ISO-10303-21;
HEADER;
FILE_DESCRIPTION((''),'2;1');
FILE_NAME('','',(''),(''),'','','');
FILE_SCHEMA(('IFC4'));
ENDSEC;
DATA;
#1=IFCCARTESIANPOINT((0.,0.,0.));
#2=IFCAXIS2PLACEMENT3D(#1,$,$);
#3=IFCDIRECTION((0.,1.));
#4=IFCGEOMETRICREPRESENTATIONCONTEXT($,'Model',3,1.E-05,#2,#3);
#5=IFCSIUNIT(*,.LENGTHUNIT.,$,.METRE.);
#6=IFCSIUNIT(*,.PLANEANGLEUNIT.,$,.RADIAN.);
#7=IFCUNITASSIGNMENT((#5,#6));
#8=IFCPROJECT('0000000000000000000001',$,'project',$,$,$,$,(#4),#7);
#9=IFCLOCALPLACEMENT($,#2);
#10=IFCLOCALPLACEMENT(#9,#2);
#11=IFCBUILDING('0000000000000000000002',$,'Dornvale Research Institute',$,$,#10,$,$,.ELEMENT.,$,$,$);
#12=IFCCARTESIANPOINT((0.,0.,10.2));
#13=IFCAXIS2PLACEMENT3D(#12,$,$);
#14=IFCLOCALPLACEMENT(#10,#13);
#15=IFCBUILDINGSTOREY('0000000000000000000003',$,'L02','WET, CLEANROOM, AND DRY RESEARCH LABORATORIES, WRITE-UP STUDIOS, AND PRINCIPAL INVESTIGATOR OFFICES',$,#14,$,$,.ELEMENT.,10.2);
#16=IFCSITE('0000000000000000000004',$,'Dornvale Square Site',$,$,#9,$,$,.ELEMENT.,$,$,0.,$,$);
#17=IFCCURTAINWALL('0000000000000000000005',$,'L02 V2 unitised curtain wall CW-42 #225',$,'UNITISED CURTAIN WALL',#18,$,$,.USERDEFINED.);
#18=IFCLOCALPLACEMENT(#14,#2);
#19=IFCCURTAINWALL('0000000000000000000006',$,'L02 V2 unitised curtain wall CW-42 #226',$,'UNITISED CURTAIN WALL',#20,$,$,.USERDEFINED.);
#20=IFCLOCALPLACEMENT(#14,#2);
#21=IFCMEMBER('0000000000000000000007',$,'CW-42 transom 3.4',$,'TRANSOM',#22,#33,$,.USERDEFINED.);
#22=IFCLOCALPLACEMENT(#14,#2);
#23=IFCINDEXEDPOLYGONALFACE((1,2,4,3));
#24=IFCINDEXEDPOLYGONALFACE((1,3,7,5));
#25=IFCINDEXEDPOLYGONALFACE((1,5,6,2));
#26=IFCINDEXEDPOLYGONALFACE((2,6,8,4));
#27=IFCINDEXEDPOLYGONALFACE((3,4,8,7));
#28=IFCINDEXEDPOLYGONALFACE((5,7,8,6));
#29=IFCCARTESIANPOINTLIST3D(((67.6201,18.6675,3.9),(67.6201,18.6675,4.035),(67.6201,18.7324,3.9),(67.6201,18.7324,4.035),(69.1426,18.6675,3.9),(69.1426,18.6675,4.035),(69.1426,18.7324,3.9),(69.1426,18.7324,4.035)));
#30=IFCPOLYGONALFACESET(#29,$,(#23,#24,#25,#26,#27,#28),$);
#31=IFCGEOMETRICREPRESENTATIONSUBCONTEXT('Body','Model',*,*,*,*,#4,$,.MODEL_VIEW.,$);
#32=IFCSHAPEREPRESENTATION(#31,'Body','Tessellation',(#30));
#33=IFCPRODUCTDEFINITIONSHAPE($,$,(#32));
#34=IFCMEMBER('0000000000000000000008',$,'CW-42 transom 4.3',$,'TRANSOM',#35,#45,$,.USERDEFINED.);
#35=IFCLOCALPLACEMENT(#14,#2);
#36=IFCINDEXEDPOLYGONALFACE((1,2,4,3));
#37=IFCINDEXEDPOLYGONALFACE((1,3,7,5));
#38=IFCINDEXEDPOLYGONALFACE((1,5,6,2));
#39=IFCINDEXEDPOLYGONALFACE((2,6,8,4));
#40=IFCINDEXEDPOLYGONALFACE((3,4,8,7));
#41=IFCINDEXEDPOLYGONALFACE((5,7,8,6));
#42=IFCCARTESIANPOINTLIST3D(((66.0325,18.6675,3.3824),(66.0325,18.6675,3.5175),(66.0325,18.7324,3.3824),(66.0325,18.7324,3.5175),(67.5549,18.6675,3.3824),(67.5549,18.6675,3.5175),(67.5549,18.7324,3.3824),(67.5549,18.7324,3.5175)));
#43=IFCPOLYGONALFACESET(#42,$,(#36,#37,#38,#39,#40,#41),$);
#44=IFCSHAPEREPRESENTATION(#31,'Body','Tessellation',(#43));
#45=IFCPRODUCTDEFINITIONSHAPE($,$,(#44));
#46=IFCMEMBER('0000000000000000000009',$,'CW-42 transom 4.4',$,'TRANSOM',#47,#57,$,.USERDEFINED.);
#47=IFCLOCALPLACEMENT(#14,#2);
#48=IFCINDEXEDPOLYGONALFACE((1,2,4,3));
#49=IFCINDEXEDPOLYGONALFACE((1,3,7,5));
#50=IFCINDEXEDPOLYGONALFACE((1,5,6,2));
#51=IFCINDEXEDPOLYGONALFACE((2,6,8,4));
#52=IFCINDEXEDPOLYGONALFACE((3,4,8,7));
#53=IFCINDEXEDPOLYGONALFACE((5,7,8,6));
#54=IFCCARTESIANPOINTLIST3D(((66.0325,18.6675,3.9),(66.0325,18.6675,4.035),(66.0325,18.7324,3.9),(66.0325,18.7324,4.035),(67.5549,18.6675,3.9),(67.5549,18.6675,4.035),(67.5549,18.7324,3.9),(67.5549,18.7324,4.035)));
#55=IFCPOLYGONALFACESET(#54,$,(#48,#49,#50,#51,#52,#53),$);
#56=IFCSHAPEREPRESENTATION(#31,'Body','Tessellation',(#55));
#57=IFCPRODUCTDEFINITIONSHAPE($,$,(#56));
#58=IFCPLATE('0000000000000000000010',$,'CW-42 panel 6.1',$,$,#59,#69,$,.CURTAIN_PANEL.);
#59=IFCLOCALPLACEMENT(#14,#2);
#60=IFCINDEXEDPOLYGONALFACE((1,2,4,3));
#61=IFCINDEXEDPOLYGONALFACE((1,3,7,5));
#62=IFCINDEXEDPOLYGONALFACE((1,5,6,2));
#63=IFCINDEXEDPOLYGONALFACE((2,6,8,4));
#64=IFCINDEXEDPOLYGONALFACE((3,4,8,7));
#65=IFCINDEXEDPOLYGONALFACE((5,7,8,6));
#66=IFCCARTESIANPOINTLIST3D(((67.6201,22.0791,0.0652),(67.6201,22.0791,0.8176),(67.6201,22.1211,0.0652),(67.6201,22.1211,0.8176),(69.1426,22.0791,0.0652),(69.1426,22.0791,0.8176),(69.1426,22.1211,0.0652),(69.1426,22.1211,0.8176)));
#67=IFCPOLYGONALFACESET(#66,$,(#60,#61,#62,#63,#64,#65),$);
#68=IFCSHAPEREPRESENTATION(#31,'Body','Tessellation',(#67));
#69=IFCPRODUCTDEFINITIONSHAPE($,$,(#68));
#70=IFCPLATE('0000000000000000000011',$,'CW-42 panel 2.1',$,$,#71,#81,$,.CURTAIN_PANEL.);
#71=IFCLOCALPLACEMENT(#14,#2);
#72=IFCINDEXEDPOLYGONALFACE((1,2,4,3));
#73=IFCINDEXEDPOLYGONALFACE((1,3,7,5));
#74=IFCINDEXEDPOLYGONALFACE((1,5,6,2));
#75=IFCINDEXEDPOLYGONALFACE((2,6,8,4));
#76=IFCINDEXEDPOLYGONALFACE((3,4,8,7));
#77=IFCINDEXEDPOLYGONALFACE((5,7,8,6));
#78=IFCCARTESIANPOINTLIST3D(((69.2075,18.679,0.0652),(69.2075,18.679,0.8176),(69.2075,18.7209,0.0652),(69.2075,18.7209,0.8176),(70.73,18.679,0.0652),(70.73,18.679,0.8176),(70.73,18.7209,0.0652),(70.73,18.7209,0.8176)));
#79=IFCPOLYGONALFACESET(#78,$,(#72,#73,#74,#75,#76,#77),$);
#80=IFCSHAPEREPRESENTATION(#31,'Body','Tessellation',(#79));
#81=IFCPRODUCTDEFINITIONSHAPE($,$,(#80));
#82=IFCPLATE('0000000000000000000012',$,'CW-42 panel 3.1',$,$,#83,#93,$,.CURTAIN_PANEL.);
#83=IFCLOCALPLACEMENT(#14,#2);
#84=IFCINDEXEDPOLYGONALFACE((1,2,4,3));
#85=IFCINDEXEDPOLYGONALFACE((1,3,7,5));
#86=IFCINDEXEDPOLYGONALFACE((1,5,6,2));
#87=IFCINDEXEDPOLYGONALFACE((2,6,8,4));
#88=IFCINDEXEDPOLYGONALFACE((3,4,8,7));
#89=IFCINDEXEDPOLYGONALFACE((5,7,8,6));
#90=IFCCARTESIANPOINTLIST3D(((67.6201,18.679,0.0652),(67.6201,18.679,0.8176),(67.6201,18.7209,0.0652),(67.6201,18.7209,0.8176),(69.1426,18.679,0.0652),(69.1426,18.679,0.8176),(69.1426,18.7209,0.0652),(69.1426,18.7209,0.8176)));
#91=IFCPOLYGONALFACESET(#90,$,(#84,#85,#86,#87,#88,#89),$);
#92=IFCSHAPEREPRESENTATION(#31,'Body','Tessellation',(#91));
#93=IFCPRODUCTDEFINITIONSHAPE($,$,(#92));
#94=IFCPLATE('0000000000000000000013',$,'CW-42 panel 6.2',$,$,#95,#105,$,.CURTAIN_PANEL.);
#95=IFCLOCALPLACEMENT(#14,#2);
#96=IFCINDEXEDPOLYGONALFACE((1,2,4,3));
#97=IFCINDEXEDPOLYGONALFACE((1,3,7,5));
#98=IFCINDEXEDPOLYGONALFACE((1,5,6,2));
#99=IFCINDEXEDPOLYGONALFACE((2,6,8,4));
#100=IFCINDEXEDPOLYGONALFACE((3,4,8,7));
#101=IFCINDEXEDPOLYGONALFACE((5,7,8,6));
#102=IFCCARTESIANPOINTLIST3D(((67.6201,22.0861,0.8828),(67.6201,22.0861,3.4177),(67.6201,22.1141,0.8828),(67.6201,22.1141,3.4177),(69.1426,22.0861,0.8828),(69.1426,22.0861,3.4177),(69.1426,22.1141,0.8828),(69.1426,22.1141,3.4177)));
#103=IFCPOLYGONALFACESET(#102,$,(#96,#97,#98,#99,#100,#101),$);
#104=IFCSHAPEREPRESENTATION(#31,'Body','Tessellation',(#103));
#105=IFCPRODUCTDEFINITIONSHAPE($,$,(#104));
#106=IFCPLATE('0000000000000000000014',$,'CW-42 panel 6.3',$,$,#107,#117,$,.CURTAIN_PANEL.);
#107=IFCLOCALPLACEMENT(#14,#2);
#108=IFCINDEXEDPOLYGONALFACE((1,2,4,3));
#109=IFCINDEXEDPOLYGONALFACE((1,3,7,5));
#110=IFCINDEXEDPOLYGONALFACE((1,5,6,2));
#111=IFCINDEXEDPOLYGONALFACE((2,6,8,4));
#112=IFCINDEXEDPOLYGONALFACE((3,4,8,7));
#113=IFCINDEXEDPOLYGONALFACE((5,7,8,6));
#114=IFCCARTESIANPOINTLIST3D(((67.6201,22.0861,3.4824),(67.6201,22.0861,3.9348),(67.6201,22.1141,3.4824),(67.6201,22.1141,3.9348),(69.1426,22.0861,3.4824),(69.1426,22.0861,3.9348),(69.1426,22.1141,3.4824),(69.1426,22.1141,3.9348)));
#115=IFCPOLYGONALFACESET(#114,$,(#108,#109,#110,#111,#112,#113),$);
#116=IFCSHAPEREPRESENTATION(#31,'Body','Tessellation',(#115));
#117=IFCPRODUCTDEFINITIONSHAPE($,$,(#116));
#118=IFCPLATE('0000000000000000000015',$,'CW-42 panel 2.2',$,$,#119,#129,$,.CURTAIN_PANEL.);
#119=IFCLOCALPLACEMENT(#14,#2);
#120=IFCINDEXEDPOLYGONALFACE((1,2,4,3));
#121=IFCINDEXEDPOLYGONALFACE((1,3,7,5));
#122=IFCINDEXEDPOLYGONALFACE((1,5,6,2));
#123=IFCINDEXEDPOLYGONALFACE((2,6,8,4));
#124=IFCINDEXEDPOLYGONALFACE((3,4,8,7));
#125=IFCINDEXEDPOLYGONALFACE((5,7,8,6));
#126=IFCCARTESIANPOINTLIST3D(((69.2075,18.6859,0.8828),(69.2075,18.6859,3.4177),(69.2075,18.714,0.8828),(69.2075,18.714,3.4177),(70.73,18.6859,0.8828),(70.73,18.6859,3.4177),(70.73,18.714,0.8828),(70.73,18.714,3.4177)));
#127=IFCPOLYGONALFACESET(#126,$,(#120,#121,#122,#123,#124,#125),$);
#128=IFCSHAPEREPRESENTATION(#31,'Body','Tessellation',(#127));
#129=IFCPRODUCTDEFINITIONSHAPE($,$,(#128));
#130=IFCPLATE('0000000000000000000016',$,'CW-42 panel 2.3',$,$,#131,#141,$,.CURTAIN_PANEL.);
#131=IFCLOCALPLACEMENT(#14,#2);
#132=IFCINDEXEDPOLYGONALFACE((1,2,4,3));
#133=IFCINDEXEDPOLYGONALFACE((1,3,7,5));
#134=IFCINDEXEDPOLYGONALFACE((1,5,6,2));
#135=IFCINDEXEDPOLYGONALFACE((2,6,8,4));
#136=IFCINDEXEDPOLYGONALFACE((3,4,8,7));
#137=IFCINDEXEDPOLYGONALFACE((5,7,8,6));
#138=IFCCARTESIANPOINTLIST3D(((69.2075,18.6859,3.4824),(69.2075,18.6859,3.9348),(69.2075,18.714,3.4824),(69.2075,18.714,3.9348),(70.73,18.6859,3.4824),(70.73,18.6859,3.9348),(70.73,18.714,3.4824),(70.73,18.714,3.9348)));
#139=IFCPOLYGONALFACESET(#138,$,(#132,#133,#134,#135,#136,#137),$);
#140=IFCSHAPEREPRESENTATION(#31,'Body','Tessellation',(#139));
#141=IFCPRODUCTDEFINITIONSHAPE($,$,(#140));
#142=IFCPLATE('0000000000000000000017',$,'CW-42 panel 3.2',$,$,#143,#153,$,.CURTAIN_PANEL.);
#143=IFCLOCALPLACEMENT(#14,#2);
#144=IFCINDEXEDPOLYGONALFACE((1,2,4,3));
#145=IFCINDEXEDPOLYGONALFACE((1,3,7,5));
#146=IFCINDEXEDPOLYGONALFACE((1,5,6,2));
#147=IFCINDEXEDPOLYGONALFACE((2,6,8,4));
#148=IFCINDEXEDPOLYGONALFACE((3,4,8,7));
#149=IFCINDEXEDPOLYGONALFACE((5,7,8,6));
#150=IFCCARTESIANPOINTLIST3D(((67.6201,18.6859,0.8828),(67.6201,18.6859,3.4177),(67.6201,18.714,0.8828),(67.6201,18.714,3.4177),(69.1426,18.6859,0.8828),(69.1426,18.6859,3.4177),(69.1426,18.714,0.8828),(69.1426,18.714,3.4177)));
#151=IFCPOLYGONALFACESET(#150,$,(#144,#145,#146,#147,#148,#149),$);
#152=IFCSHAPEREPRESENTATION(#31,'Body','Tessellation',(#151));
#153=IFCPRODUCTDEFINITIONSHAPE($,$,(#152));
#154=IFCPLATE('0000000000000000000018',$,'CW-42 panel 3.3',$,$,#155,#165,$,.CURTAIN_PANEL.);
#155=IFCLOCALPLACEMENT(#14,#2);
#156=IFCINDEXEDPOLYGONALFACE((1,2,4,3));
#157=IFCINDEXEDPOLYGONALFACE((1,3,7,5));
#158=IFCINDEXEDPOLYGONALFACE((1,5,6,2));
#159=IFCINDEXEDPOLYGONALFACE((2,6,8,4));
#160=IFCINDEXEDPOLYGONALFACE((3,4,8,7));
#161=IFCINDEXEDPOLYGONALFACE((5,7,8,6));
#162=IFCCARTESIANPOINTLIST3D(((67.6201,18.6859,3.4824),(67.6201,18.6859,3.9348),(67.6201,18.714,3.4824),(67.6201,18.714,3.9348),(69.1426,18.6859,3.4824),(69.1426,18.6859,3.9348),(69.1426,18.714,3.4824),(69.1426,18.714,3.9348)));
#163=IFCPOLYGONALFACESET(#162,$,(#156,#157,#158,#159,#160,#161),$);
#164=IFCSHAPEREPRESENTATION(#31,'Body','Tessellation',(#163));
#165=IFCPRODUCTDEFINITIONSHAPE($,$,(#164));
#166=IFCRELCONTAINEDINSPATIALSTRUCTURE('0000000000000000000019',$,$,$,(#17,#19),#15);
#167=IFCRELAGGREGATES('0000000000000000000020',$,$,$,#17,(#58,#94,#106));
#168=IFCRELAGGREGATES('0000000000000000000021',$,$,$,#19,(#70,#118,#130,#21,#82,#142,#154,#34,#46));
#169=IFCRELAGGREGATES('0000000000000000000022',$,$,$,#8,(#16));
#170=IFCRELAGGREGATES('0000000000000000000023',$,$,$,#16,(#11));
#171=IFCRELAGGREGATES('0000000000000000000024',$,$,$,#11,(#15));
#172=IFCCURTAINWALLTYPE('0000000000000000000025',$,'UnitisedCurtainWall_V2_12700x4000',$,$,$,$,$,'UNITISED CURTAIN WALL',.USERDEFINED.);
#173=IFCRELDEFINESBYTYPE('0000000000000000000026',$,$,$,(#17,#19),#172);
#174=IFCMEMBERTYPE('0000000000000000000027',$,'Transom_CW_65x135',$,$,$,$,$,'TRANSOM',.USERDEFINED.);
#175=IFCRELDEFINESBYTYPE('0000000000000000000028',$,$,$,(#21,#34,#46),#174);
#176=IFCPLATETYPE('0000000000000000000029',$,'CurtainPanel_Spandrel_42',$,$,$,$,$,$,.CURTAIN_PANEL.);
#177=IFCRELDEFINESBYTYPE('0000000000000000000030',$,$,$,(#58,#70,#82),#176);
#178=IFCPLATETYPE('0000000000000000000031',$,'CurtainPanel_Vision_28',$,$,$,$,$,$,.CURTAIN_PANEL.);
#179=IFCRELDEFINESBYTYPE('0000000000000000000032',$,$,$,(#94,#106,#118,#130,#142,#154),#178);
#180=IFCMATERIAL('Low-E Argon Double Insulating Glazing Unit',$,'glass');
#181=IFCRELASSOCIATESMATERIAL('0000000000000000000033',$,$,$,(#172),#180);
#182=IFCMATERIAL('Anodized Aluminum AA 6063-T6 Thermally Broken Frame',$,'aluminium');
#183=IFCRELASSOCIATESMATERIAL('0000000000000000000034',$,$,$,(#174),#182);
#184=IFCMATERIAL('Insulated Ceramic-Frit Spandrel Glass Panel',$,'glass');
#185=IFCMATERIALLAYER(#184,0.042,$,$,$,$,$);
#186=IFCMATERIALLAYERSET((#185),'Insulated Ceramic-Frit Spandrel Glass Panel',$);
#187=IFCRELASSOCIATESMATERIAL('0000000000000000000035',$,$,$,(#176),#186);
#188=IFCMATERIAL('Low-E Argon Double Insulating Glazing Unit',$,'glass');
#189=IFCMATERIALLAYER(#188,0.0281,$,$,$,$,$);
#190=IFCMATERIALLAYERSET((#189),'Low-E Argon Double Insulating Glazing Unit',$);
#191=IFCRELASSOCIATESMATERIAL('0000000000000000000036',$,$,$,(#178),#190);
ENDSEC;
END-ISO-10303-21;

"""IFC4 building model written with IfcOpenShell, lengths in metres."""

from ifc_helpers import new_model, si_unit, direction, frame, origin, origin_2d, place, context, subcontext, project, spatial, rectangle, extrude, material, layer, layer_set, material_profile, profile_set, type_object, element, aggregate, save


model = new_model("IFC4")

# Units and contexts
model_context = context("Model", 3, precision=1e-05, world=origin(), true_north=direction((0.0, 1.0)))
body_context = subcontext(model_context, "Body", "Model", "MODEL_VIEW")
ifc_project = project(units=[si_unit("LENGTHUNIT", "METRE"), si_unit("PLANEANGLEUNIT", "RADIAN")], contexts=[model_context])

# Site, building, storey
site_placement = place(None, origin())
site = spatial("IfcSite", under=ifc_project, at=site_placement, Name="Dornvale Square Site", CompositionType="ELEMENT", RefElevation=0.0)
building_placement = place(site_placement, origin())
building = spatial("IfcBuilding", under=site, at=building_placement, Name="Dornvale Research Institute", CompositionType="ELEMENT")
storey_placement = place(building_placement, frame((0.0, 0.0, 10.2)))
storey = spatial("IfcBuildingStorey", under=building, at=storey_placement, Name="L02", Description="WET, CLEANROOM, AND DRY RESEARCH LABORATORIES, WRITE-UP STUDIOS, AND PRINCIPAL INVESTIGATOR OFFICES", CompositionType="ELEMENT", Elevation=10.2)

# Curtain walls
ifc_material_1 = material(Name="Low-E Argon Double Insulating Glazing Unit", Category="glass")
curtain_wall_type = type_object("IfcCurtainWallType", Name="UnitisedCurtainWall_V2_12700x4000", ElementType="UNITISED CURTAIN WALL", PredefinedType="USERDEFINED", material=ifc_material_1)
curtain_wall_1_placement = place(storey_placement, origin())
curtain_wall_1 = element("IfcCurtainWall", 1, at=curtain_wall_1_placement, inside=storey, type_object=curtain_wall_type, Name="L02 V2 unitised curtain wall CW-42 #225", ObjectType="UNITISED CURTAIN WALL", PredefinedType="USERDEFINED")
curtain_wall_2_placement = place(storey_placement, origin())
curtain_wall_2 = element("IfcCurtainWall", 2, at=curtain_wall_2_placement, inside=storey, type_object=curtain_wall_type, Name="L02 V2 unitised curtain wall CW-42 #226", ObjectType="UNITISED CURTAIN WALL", PredefinedType="USERDEFINED")

# Members
ifc_material_2 = material(Name="Anodized Aluminum AA 6063-T6 Thermally Broken Frame", Category="aluminium")
ifc_material_profile_1 = material_profile(ifc_material_2, rectangle(XDim=0.0649, YDim=0.135, at=origin_2d()), Name="ALU TRANSOM 65x135")
ifc_profile_set_1 = profile_set([ifc_material_profile_1], Name="Anodized Aluminum AA 6063-T6 Thermally Broken Frame")
member_type_1 = type_object("IfcMemberType", Name="Transom_CW_65x135", ElementType="TRANSOM", PredefinedType="USERDEFINED", material=ifc_profile_set_1)
member_1_placement = place(storey_placement, frame((69.1426, 18.7, 3.9675), z_axis=(-1.0, 0.0, 0.0), x_axis=(0.0, -1.0, 0.0)))
member_1 = element("IfcMember", 3, at=member_1_placement, type_object=member_type_1, Name="CW-42 transom 3.4", ObjectType="TRANSOM", PredefinedType="USERDEFINED", context=body_context, shape_type="SweptSolid", body=[
    extrude(rectangle(XDim=0.0649, YDim=0.135, at=origin_2d()), origin(), (0.0, 0.0, 1.0), 1.5225),
])
member_2_placement = place(storey_placement, frame((67.5549, 18.7, 3.45), z_axis=(-1.0, 0.0, 0.0), x_axis=(0.0, -1.0, 0.0)))
member_2 = element("IfcMember", 4, at=member_2_placement, type_object=member_type_1, Name="CW-42 transom 4.3", ObjectType="TRANSOM", PredefinedType="USERDEFINED", context=body_context, shape_type="SweptSolid", body=[
    extrude(rectangle(XDim=0.0649, YDim=0.135, at=origin_2d()), origin(), (0.0, 0.0, 1.0), 1.5225),
])
member_3_placement = place(storey_placement, frame((67.5549, 18.7, 3.9675), z_axis=(-1.0, 0.0, 0.0), x_axis=(0.0, -1.0, 0.0)))
member_3 = element("IfcMember", 5, at=member_3_placement, type_object=member_type_1, Name="CW-42 transom 4.4", ObjectType="TRANSOM", PredefinedType="USERDEFINED", context=body_context, shape_type="SweptSolid", body=[
    extrude(rectangle(XDim=0.0649, YDim=0.135, at=origin_2d()), origin(), (0.0, 0.0, 1.0), 1.5225),
])

# Plates
ifc_material_3 = material(Name="Insulated Ceramic-Frit Spandrel Glass Panel", Category="glass")
ifc_layer_1 = layer(ifc_material_3, 0.042)
ifc_layer_set_1 = layer_set([ifc_layer_1], Name="Insulated Ceramic-Frit Spandrel Glass Panel")
plate_type_1 = type_object("IfcPlateType", Name="CurtainPanel_Spandrel_42", PredefinedType="CURTAIN_PANEL", material=ifc_layer_set_1)
plate_1_placement = place(storey_placement, frame((68.3813, 22.1001, 0.0652), z_axis=(0.0, 0.0, 1.0), x_axis=(1.0, 0.0, 0.0)))
plate_1 = element("IfcPlate", 6, at=plate_1_placement, type_object=plate_type_1, Name="CW-42 panel 6.1", PredefinedType="CURTAIN_PANEL", context=body_context, shape_type="SweptSolid", body=[
    extrude(rectangle(XDim=1.5225, YDim=0.042, at=origin_2d()), origin(), (0.0, 0.0, 1.0), 0.7524),
])
plate_2_placement = place(storey_placement, frame((69.9688, 18.7, 0.0652), z_axis=(0.0, 0.0, 1.0), x_axis=(-1.0, 0.0, 0.0)))
plate_2 = element("IfcPlate", 7, at=plate_2_placement, type_object=plate_type_1, Name="CW-42 panel 2.1", PredefinedType="CURTAIN_PANEL", context=body_context, shape_type="SweptSolid", body=[
    extrude(rectangle(XDim=1.5225, YDim=0.042, at=origin_2d()), origin(), (0.0, 0.0, 1.0), 0.7524),
])
plate_3_placement = place(storey_placement, frame((68.3813, 18.7, 0.0652), z_axis=(0.0, 0.0, 1.0), x_axis=(-1.0, 0.0, 0.0)))
plate_3 = element("IfcPlate", 8, at=plate_3_placement, type_object=plate_type_1, Name="CW-42 panel 3.1", PredefinedType="CURTAIN_PANEL", context=body_context, shape_type="SweptSolid", body=[
    extrude(rectangle(XDim=1.5225, YDim=0.042, at=origin_2d()), origin(), (0.0, 0.0, 1.0), 0.7524),
])
ifc_material_4 = material(Name="Low-E Argon Double Insulating Glazing Unit", Category="glass")
ifc_layer_2 = layer(ifc_material_4, 0.0281)
ifc_layer_set_2 = layer_set([ifc_layer_2], Name="Low-E Argon Double Insulating Glazing Unit")
plate_type_2 = type_object("IfcPlateType", Name="CurtainPanel_Vision_28", PredefinedType="CURTAIN_PANEL", material=ifc_layer_set_2)
plate_4_placement = place(storey_placement, frame((68.3813, 22.1001, 0.8828), z_axis=(0.0, 0.0, 1.0), x_axis=(1.0, 0.0, 0.0)))
plate_4 = element("IfcPlate", 9, at=plate_4_placement, type_object=plate_type_2, Name="CW-42 panel 6.2", PredefinedType="CURTAIN_PANEL", context=body_context, shape_type="SweptSolid", body=[
    extrude(rectangle(XDim=1.5225, YDim=0.0281, at=origin_2d()), origin(), (0.0, 0.0, 1.0), 2.5349),
])
plate_5_placement = place(storey_placement, frame((68.3813, 22.1001, 3.4824), z_axis=(0.0, 0.0, 1.0), x_axis=(1.0, 0.0, 0.0)))
plate_5 = element("IfcPlate", 10, at=plate_5_placement, type_object=plate_type_2, Name="CW-42 panel 6.3", PredefinedType="CURTAIN_PANEL", context=body_context, shape_type="SweptSolid", body=[
    extrude(rectangle(XDim=1.5225, YDim=0.0281, at=origin_2d()), origin(), (0.0, 0.0, 1.0), 0.4524),
])
aggregate(curtain_wall_1, [plate_1, plate_4, plate_5])
plate_6_placement = place(storey_placement, frame((69.9688, 18.7, 0.8828), z_axis=(0.0, 0.0, 1.0), x_axis=(-1.0, 0.0, 0.0)))
plate_6 = element("IfcPlate", 11, at=plate_6_placement, type_object=plate_type_2, Name="CW-42 panel 2.2", PredefinedType="CURTAIN_PANEL", context=body_context, shape_type="SweptSolid", body=[
    extrude(rectangle(XDim=1.5225, YDim=0.0281, at=origin_2d()), origin(), (0.0, 0.0, 1.0), 2.5349),
])
plate_7_placement = place(storey_placement, frame((69.9688, 18.7, 3.4824), z_axis=(0.0, 0.0, 1.0), x_axis=(-1.0, 0.0, 0.0)))
plate_7 = element("IfcPlate", 12, at=plate_7_placement, type_object=plate_type_2, Name="CW-42 panel 2.3", PredefinedType="CURTAIN_PANEL", context=body_context, shape_type="SweptSolid", body=[
    extrude(rectangle(XDim=1.5225, YDim=0.0281, at=origin_2d()), origin(), (0.0, 0.0, 1.0), 0.4524),
])
plate_8_placement = place(storey_placement, frame((68.3813, 18.7, 0.8828), z_axis=(0.0, 0.0, 1.0), x_axis=(-1.0, 0.0, 0.0)))
plate_8 = element("IfcPlate", 13, at=plate_8_placement, type_object=plate_type_2, Name="CW-42 panel 3.2", PredefinedType="CURTAIN_PANEL", context=body_context, shape_type="SweptSolid", body=[
    extrude(rectangle(XDim=1.5225, YDim=0.0281, at=origin_2d()), origin(), (0.0, 0.0, 1.0), 2.5349),
])
plate_9_placement = place(storey_placement, frame((68.3813, 18.7, 3.4824), z_axis=(0.0, 0.0, 1.0), x_axis=(-1.0, 0.0, 0.0)))
plate_9 = element("IfcPlate", 14, at=plate_9_placement, type_object=plate_type_2, Name="CW-42 panel 3.3", PredefinedType="CURTAIN_PANEL", context=body_context, shape_type="SweptSolid", body=[
    extrude(rectangle(XDim=1.5225, YDim=0.0281, at=origin_2d()), origin(), (0.0, 0.0, 1.0), 0.4524),
])
aggregate(curtain_wall_2, [plate_2, plate_6, plate_7, member_1, plate_3, plate_8, plate_9, member_2, member_3])

save(model, "model.ifc")
